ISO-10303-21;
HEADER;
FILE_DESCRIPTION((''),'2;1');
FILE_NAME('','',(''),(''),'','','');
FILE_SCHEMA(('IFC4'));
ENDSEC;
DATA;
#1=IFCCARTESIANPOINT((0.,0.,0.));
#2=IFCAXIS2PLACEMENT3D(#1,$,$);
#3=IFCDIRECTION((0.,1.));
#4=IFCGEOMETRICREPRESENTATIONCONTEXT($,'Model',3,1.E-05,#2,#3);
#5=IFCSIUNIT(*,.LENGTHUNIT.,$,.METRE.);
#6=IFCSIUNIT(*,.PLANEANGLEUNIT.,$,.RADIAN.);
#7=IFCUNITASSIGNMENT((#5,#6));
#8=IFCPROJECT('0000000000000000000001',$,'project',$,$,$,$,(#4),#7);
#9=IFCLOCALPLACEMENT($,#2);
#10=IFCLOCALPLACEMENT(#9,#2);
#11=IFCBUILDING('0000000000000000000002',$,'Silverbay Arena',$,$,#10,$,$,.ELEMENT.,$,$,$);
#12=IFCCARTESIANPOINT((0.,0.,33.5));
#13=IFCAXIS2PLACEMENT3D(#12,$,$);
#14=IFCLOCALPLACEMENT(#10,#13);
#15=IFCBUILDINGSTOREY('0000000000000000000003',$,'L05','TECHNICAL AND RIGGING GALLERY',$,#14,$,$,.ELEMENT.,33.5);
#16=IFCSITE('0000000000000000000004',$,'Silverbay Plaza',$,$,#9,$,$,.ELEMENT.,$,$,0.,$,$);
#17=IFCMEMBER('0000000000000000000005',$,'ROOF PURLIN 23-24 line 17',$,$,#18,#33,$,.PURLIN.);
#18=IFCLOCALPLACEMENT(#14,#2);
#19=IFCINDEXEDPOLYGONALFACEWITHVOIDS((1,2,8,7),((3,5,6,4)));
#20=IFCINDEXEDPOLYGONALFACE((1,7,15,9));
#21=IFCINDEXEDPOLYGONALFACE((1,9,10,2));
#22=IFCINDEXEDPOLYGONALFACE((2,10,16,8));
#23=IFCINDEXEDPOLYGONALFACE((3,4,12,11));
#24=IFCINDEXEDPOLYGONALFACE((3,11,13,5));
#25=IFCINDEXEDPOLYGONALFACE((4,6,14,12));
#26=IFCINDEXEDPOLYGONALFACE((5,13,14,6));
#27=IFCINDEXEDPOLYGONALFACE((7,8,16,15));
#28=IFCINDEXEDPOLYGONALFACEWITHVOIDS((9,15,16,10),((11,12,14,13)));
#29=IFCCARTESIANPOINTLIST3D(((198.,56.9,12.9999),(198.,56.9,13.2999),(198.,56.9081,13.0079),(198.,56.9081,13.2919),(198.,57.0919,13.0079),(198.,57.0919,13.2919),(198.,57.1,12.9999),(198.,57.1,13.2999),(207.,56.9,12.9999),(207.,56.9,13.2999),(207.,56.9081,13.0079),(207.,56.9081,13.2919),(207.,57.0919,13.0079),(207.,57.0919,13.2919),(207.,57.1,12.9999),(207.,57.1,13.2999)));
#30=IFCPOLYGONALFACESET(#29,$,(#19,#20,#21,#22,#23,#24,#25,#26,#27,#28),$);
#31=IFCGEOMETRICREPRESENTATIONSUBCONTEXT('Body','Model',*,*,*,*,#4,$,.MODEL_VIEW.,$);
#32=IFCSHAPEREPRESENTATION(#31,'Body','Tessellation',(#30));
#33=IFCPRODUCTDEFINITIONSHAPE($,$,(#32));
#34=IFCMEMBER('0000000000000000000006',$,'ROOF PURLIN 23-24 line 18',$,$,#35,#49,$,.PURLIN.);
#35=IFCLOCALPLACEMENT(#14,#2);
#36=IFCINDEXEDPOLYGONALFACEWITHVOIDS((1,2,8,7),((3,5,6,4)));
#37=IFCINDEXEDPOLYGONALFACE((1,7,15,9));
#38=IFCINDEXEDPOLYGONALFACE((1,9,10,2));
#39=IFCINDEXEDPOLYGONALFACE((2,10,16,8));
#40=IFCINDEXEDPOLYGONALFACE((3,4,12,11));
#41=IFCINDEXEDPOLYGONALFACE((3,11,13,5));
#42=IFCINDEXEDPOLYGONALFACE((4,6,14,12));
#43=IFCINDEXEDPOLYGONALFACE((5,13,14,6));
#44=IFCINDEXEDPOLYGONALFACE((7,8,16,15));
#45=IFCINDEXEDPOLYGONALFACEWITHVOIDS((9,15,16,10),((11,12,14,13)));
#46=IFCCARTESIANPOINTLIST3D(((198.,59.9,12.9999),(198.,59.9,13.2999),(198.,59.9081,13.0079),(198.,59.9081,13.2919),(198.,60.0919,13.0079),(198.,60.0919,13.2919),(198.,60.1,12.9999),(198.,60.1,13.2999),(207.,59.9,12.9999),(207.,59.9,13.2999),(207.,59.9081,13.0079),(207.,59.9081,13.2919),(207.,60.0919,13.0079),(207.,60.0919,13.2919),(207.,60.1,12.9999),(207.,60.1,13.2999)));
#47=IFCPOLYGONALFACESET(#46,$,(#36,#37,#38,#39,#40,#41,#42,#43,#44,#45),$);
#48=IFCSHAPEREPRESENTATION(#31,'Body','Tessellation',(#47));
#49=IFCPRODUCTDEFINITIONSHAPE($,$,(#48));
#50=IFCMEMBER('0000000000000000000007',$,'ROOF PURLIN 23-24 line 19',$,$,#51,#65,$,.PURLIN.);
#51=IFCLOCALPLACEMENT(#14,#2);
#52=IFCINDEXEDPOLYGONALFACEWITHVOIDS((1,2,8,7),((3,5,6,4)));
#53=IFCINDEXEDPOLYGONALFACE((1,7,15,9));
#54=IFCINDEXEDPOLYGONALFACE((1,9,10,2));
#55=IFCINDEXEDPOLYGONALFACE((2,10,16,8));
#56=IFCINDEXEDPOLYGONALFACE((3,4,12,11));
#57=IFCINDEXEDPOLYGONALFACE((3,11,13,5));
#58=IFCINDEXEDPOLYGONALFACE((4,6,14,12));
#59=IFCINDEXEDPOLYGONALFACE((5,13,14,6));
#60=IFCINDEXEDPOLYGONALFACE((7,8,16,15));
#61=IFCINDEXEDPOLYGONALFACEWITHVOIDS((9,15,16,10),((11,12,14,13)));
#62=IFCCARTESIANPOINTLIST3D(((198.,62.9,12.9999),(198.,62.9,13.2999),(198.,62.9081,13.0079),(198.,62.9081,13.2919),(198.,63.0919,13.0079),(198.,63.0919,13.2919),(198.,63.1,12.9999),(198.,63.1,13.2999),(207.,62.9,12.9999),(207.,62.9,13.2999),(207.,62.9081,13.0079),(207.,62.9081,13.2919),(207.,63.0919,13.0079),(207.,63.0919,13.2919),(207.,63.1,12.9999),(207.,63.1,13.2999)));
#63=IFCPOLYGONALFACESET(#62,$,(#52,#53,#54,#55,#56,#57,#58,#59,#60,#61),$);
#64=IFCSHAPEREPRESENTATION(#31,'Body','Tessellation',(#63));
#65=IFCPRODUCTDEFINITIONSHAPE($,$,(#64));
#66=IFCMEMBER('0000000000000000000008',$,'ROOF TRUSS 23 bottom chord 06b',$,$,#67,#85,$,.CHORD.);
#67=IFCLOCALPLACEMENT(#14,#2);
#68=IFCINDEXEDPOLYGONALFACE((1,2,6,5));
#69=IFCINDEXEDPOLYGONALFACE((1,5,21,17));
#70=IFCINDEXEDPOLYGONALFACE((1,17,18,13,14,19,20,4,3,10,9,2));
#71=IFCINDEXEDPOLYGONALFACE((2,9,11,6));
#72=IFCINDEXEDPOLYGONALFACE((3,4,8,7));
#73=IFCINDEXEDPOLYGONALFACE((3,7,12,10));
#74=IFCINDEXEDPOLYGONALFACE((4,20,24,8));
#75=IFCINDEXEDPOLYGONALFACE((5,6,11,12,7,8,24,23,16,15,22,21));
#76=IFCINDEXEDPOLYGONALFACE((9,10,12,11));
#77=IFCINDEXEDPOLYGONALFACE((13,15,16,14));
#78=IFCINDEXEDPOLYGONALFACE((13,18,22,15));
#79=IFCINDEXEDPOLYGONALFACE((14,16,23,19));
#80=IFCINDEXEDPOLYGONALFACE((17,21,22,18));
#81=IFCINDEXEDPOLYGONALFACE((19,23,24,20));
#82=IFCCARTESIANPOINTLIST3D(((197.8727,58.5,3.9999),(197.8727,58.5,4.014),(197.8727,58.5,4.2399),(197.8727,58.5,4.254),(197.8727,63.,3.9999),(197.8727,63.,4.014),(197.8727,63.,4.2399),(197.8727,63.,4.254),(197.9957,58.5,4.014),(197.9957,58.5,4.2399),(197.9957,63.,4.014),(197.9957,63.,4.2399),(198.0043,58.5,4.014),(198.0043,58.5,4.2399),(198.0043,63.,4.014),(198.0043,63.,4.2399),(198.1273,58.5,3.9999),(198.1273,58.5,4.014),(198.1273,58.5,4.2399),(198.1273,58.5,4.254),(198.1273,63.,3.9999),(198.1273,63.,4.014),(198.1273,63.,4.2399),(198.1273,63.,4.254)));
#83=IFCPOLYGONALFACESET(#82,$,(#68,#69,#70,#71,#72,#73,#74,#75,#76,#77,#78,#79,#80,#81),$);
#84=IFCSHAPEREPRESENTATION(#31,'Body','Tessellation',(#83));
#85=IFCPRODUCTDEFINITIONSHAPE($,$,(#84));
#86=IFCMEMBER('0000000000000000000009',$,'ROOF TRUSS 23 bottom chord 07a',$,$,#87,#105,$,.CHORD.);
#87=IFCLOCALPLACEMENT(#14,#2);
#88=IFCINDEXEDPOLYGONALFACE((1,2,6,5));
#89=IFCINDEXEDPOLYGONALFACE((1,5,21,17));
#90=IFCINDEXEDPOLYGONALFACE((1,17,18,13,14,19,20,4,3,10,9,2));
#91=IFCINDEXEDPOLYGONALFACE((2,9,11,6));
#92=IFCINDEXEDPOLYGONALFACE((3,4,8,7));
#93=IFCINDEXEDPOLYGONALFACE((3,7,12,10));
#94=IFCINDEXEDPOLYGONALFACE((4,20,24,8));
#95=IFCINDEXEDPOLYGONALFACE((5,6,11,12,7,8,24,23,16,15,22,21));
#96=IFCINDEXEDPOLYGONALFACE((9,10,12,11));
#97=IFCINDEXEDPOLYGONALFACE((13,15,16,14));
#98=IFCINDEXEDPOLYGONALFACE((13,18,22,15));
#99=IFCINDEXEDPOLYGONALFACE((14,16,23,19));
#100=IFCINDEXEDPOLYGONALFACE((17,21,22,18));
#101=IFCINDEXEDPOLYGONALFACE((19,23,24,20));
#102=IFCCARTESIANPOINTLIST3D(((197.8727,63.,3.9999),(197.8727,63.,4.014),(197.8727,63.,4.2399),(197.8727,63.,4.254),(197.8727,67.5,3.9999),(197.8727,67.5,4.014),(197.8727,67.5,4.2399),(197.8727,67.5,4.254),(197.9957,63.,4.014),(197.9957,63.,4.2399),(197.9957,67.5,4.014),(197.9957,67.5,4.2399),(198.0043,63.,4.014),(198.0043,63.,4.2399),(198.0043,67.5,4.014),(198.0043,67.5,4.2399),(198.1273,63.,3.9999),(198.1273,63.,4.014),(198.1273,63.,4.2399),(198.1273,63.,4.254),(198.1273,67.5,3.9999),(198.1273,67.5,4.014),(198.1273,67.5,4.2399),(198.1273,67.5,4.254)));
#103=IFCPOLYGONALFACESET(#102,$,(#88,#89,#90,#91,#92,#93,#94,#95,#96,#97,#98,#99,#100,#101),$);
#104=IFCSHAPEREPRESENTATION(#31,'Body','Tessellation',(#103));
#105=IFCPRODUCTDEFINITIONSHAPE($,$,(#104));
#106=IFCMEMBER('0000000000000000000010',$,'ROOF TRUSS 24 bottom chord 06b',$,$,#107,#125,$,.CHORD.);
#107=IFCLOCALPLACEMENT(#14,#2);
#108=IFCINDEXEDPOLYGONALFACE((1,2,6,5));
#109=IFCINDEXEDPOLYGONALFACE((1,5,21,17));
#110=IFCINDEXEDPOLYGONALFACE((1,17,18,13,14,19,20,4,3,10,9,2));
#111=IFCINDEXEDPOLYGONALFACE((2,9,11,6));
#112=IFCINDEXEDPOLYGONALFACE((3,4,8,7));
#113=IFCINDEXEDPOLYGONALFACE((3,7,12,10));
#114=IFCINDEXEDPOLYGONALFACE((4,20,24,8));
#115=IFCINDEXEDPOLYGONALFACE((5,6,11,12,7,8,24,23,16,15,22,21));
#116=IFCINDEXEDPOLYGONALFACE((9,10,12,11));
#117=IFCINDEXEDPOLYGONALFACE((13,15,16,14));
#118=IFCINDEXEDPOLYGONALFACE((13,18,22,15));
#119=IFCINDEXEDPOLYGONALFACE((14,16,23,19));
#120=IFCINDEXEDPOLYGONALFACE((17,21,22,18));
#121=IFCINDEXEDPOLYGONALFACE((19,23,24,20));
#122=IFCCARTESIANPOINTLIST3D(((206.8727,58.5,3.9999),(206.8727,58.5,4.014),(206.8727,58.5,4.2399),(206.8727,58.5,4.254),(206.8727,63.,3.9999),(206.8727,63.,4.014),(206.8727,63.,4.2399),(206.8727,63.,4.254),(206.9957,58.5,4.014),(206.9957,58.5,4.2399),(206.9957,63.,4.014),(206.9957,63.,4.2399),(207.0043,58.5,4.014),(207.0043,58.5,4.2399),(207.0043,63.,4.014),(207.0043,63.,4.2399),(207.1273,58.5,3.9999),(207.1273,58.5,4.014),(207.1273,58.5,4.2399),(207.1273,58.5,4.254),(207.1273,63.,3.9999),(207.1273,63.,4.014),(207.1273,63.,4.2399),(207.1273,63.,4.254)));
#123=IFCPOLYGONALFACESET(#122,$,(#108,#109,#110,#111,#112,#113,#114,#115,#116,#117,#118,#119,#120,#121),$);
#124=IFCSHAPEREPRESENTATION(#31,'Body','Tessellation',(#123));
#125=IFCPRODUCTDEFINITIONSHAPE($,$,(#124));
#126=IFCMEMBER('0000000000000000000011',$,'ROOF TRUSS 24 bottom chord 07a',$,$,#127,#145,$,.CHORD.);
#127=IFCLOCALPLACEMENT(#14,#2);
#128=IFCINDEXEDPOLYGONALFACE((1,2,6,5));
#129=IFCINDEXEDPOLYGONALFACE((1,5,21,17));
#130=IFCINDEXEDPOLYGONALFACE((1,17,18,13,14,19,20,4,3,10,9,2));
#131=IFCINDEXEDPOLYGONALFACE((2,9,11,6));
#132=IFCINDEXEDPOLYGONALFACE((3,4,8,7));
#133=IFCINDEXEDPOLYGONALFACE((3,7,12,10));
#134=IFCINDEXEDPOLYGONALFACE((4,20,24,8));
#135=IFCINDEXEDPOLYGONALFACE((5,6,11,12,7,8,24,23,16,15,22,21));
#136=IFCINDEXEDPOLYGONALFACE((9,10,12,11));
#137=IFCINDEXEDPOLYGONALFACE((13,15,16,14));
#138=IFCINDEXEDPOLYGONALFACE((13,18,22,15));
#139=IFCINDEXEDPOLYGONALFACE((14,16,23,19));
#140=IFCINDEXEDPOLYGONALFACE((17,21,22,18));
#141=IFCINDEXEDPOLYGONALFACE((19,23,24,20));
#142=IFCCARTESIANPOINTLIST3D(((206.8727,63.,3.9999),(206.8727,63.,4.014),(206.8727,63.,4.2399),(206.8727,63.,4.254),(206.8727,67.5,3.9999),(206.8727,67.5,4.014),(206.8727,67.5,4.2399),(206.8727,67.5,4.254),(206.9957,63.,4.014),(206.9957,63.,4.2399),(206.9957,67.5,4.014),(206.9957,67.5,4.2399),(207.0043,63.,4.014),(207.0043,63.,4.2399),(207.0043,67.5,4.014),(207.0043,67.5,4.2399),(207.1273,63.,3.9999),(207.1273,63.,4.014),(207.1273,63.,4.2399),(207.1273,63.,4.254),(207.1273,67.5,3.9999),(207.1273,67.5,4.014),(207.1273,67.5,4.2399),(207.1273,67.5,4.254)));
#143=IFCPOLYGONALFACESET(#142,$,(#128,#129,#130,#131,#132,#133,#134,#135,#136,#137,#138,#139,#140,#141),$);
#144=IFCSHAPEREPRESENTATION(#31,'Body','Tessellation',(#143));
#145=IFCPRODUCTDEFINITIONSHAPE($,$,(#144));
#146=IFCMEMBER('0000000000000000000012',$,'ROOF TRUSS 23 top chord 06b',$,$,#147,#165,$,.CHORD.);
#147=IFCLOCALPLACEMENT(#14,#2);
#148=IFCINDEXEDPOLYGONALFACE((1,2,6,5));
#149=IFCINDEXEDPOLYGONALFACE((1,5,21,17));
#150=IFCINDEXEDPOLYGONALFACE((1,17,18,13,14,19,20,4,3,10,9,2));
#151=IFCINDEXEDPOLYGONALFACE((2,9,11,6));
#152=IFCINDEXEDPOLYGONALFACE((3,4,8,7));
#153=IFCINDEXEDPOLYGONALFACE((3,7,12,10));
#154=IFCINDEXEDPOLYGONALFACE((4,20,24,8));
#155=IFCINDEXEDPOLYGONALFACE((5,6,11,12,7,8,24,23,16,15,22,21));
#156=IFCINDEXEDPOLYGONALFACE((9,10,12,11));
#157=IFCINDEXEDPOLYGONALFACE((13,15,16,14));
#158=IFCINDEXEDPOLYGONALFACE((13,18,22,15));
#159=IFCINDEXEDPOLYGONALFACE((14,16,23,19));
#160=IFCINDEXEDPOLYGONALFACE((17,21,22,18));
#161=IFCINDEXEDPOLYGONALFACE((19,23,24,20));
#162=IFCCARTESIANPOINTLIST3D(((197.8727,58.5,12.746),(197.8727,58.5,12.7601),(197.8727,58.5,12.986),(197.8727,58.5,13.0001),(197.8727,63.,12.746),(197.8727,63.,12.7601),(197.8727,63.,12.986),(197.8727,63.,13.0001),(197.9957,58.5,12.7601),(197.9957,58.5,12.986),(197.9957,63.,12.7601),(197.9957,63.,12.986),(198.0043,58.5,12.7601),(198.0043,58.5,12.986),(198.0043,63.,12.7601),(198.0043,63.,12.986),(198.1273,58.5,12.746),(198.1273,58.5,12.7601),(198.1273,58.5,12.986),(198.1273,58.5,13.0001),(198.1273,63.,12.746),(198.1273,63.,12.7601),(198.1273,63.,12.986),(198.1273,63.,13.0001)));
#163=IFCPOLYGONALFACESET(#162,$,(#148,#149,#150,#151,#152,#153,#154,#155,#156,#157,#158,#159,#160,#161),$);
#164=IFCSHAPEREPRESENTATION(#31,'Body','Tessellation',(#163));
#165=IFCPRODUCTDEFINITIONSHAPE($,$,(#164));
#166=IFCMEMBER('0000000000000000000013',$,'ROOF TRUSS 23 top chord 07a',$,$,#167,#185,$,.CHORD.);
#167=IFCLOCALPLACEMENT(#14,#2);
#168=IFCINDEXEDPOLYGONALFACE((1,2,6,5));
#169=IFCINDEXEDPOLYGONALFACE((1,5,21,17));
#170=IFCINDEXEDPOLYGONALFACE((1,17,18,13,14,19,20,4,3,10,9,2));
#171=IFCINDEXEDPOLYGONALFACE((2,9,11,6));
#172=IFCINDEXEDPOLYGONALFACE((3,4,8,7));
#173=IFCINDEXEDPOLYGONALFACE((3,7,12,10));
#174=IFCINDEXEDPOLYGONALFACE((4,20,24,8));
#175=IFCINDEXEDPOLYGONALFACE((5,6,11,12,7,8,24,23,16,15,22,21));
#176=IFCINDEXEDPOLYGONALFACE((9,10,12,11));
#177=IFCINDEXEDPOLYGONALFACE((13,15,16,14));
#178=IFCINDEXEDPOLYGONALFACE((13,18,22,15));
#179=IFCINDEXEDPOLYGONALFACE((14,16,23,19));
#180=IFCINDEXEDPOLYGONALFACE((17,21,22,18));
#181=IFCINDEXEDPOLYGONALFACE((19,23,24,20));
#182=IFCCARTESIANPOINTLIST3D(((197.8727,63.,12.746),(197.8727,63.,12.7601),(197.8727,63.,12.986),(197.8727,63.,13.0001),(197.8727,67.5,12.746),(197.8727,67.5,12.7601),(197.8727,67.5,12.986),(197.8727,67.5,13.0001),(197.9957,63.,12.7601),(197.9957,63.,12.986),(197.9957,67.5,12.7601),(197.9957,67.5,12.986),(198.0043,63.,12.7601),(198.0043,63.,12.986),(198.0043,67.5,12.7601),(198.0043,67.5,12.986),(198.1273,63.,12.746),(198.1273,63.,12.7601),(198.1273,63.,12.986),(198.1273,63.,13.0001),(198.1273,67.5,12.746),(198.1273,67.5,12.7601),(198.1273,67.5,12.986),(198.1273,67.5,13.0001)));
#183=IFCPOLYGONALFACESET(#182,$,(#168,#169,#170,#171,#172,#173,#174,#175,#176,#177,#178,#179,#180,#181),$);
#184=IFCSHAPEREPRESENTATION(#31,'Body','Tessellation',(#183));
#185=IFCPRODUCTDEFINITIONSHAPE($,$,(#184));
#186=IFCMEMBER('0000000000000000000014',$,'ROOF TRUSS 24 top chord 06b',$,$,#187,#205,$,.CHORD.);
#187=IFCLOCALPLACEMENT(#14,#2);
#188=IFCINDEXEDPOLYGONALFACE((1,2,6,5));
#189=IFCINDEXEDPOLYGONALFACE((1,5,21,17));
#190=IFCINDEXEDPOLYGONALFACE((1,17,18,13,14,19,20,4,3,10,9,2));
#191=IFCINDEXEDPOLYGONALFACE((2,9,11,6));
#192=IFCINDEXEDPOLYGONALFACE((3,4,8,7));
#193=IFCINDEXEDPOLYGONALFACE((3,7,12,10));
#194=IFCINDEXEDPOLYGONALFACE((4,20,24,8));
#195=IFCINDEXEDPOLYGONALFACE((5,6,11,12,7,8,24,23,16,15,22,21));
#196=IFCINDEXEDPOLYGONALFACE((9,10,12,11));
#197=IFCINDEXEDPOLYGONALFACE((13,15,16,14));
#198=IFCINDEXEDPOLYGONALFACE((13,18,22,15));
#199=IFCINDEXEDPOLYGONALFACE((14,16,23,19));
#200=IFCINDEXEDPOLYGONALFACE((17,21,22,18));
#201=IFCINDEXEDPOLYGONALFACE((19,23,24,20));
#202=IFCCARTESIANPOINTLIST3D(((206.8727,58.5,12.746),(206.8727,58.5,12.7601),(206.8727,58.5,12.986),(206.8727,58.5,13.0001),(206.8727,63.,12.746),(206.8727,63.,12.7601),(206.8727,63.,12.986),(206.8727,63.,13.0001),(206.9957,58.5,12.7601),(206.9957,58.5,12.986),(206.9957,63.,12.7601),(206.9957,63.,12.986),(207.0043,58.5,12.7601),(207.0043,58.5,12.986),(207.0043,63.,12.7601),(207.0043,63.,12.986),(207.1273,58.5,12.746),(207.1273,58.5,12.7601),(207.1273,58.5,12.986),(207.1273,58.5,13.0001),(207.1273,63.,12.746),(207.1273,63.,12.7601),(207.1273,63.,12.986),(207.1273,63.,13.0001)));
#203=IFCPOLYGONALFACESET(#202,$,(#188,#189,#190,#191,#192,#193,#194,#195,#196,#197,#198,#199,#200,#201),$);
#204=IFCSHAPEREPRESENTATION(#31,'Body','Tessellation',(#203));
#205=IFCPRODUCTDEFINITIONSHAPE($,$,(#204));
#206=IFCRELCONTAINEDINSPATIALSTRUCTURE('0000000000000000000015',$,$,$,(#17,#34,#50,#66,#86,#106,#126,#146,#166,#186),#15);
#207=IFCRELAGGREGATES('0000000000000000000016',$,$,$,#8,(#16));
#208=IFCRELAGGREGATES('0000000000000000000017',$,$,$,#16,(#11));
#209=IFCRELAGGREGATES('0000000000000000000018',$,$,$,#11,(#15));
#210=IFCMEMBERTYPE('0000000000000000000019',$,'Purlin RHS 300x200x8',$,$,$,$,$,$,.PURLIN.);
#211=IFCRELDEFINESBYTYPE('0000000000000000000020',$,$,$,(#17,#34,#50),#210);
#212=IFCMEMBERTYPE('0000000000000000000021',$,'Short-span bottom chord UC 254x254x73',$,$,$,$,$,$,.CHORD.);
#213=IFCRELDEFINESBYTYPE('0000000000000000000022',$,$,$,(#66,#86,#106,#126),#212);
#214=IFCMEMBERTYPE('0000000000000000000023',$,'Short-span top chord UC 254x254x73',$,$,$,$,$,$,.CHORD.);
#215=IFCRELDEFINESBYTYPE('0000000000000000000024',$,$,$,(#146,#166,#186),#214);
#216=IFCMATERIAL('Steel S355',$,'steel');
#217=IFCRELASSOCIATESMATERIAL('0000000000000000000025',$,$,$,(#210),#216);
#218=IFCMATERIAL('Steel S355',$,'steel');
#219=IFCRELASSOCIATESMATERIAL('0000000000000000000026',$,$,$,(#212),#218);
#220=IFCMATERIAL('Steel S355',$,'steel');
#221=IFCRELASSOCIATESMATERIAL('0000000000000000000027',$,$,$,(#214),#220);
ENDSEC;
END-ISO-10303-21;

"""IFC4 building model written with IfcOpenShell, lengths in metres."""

from ifc_helpers import new_model, si_unit, direction, frame, origin, origin_2d, place, context, subcontext, project, spatial, hollow_rectangle, i_section, extrude, material, material_profile, profile_set, type_object, element, save


model = new_model("IFC4")

# Units and contexts
model_context = context("Model", 3, precision=1e-05, world=origin(), true_north=direction((0.0, 1.0)))
body_context = subcontext(model_context, "Body", "Model", "MODEL_VIEW")
ifc_project = project(units=[si_unit("LENGTHUNIT", "METRE"), si_unit("PLANEANGLEUNIT", "RADIAN")], contexts=[model_context])

# Site, building, storey
site_placement = place(None, origin())
site = spatial("IfcSite", under=ifc_project, at=site_placement, Name="Silverbay Plaza", CompositionType="ELEMENT", RefElevation=0.0)
building_placement = place(site_placement, origin())
building = spatial("IfcBuilding", under=site, at=building_placement, Name="Silverbay Arena", CompositionType="ELEMENT")
storey_placement = place(building_placement, frame((0.0, 0.0, 33.5)))
storey = spatial("IfcBuildingStorey", under=building, at=storey_placement, Name="L05", Description="TECHNICAL AND RIGGING GALLERY", CompositionType="ELEMENT", Elevation=33.5)

# Members
ifc_material_1 = material(Name="Steel S355", Category="steel")
ifc_material_profile_1 = material_profile(ifc_material_1, hollow_rectangle(XDim=0.2, YDim=0.3, WallThickness=0.0081, at=origin_2d()), Name="RHS 300x200x8")
ifc_profile_set_1 = profile_set([ifc_material_profile_1], Name="Steel S355")
member_type_1 = type_object("IfcMemberType", Name="Purlin RHS 300x200x8", PredefinedType="PURLIN", material=ifc_profile_set_1)
for number, where, z_axis, x_axis, name in (
    (1, (198.0, 57.0, 13.1499), (1.0, 0.0, 0.0), (0.0, 1.0, 0.0), "ROOF PURLIN 23-24 line 17"),
    (2, (198.0, 60.0, 13.1499), (1.0, 0.0, 0.0), (0.0, 1.0, 0.0), "ROOF PURLIN 23-24 line 18"),
    (3, (198.0, 63.0, 13.1499), (1.0, 0.0, 0.0), (0.0, 1.0, 0.0), "ROOF PURLIN 23-24 line 19"),
):
    element("IfcMember", number, at=place(storey_placement, frame(where, z_axis=z_axis, x_axis=x_axis)), inside=storey, type_object=member_type_1, Name=name, PredefinedType="PURLIN", context=body_context, shape_type="SweptSolid", body=[
        extrude(hollow_rectangle(XDim=0.2, YDim=0.3, WallThickness=0.0081, at=origin_2d()), origin(), (0.0, 0.0, 1.0), 9.0),
    ])
ifc_material_2 = material(Name="Steel S355", Category="steel")
ifc_material_profile_2 = material_profile(ifc_material_2, i_section(OverallWidth=0.2546, OverallDepth=0.2542, WebThickness=0.0085, FlangeThickness=0.0142, at=origin_2d()), Name="UC 254x254x73")
ifc_profile_set_2 = profile_set([ifc_material_profile_2], Name="Steel S355")
member_type_2 = type_object("IfcMemberType", Name="Short-span bottom chord UC 254x254x73", PredefinedType="CHORD", material=ifc_profile_set_2)
for number, where, z_axis, x_axis, name in (
    (4, (198.0, 58.5, 4.127), (0.0, 1.0, 0.0), (-1.0, 0.0, 0.0), "ROOF TRUSS 23 bottom chord 06b"),
    (5, (198.0, 63.0, 4.127), (0.0, 1.0, 0.0), (-1.0, 0.0, 0.0), "ROOF TRUSS 23 bottom chord 07a"),
    (6, (207.0, 58.5, 4.127), (0.0, 1.0, 0.0), (-1.0, 0.0, 0.0), "ROOF TRUSS 24 bottom chord 06b"),
    (7, (207.0, 63.0, 4.127), (0.0, 1.0, 0.0), (-1.0, 0.0, 0.0), "ROOF TRUSS 24 bottom chord 07a"),
):
    element("IfcMember", number, at=place(storey_placement, frame(where, z_axis=z_axis, x_axis=x_axis)), inside=storey, type_object=member_type_2, Name=name, PredefinedType="CHORD", context=body_context, shape_type="SweptSolid", body=[
        extrude(i_section(OverallWidth=0.2546, OverallDepth=0.2542, WebThickness=0.0085, FlangeThickness=0.0142, at=origin_2d()), origin(), (0.0, 0.0, 1.0), 4.5),
    ])
ifc_material_3 = material(Name="Steel S355", Category="steel")
ifc_material_profile_3 = material_profile(ifc_material_3, i_section(OverallWidth=0.2546, OverallDepth=0.2542, WebThickness=0.0085, FlangeThickness=0.0142, at=origin_2d()), Name="UC 254x254x73")
ifc_profile_set_3 = profile_set([ifc_material_profile_3], Name="Steel S355")
member_type_3 = type_object("IfcMemberType", Name="Short-span top chord UC 254x254x73", PredefinedType="CHORD", material=ifc_profile_set_3)
for number, where, z_axis, x_axis, name in (
    (8, (198.0, 58.5, 12.873), (0.0, 1.0, 0.0), (-1.0, 0.0, 0.0), "ROOF TRUSS 23 top chord 06b"),
    (9, (198.0, 63.0, 12.873), (0.0, 1.0, 0.0), (-1.0, 0.0, 0.0), "ROOF TRUSS 23 top chord 07a"),
    (10, (207.0, 58.5, 12.873), (0.0, 1.0, 0.0), (-1.0, 0.0, 0.0), "ROOF TRUSS 24 top chord 06b"),
):
    element("IfcMember", number, at=place(storey_placement, frame(where, z_axis=z_axis, x_axis=x_axis)), inside=storey, type_object=member_type_3, Name=name, PredefinedType="CHORD", context=body_context, shape_type="SweptSolid", body=[
        extrude(i_section(OverallWidth=0.2546, OverallDepth=0.2542, WebThickness=0.0085, FlangeThickness=0.0142, at=origin_2d()), origin(), (0.0, 0.0, 1.0), 4.5),
    ])

save(model, "model.ifc")
